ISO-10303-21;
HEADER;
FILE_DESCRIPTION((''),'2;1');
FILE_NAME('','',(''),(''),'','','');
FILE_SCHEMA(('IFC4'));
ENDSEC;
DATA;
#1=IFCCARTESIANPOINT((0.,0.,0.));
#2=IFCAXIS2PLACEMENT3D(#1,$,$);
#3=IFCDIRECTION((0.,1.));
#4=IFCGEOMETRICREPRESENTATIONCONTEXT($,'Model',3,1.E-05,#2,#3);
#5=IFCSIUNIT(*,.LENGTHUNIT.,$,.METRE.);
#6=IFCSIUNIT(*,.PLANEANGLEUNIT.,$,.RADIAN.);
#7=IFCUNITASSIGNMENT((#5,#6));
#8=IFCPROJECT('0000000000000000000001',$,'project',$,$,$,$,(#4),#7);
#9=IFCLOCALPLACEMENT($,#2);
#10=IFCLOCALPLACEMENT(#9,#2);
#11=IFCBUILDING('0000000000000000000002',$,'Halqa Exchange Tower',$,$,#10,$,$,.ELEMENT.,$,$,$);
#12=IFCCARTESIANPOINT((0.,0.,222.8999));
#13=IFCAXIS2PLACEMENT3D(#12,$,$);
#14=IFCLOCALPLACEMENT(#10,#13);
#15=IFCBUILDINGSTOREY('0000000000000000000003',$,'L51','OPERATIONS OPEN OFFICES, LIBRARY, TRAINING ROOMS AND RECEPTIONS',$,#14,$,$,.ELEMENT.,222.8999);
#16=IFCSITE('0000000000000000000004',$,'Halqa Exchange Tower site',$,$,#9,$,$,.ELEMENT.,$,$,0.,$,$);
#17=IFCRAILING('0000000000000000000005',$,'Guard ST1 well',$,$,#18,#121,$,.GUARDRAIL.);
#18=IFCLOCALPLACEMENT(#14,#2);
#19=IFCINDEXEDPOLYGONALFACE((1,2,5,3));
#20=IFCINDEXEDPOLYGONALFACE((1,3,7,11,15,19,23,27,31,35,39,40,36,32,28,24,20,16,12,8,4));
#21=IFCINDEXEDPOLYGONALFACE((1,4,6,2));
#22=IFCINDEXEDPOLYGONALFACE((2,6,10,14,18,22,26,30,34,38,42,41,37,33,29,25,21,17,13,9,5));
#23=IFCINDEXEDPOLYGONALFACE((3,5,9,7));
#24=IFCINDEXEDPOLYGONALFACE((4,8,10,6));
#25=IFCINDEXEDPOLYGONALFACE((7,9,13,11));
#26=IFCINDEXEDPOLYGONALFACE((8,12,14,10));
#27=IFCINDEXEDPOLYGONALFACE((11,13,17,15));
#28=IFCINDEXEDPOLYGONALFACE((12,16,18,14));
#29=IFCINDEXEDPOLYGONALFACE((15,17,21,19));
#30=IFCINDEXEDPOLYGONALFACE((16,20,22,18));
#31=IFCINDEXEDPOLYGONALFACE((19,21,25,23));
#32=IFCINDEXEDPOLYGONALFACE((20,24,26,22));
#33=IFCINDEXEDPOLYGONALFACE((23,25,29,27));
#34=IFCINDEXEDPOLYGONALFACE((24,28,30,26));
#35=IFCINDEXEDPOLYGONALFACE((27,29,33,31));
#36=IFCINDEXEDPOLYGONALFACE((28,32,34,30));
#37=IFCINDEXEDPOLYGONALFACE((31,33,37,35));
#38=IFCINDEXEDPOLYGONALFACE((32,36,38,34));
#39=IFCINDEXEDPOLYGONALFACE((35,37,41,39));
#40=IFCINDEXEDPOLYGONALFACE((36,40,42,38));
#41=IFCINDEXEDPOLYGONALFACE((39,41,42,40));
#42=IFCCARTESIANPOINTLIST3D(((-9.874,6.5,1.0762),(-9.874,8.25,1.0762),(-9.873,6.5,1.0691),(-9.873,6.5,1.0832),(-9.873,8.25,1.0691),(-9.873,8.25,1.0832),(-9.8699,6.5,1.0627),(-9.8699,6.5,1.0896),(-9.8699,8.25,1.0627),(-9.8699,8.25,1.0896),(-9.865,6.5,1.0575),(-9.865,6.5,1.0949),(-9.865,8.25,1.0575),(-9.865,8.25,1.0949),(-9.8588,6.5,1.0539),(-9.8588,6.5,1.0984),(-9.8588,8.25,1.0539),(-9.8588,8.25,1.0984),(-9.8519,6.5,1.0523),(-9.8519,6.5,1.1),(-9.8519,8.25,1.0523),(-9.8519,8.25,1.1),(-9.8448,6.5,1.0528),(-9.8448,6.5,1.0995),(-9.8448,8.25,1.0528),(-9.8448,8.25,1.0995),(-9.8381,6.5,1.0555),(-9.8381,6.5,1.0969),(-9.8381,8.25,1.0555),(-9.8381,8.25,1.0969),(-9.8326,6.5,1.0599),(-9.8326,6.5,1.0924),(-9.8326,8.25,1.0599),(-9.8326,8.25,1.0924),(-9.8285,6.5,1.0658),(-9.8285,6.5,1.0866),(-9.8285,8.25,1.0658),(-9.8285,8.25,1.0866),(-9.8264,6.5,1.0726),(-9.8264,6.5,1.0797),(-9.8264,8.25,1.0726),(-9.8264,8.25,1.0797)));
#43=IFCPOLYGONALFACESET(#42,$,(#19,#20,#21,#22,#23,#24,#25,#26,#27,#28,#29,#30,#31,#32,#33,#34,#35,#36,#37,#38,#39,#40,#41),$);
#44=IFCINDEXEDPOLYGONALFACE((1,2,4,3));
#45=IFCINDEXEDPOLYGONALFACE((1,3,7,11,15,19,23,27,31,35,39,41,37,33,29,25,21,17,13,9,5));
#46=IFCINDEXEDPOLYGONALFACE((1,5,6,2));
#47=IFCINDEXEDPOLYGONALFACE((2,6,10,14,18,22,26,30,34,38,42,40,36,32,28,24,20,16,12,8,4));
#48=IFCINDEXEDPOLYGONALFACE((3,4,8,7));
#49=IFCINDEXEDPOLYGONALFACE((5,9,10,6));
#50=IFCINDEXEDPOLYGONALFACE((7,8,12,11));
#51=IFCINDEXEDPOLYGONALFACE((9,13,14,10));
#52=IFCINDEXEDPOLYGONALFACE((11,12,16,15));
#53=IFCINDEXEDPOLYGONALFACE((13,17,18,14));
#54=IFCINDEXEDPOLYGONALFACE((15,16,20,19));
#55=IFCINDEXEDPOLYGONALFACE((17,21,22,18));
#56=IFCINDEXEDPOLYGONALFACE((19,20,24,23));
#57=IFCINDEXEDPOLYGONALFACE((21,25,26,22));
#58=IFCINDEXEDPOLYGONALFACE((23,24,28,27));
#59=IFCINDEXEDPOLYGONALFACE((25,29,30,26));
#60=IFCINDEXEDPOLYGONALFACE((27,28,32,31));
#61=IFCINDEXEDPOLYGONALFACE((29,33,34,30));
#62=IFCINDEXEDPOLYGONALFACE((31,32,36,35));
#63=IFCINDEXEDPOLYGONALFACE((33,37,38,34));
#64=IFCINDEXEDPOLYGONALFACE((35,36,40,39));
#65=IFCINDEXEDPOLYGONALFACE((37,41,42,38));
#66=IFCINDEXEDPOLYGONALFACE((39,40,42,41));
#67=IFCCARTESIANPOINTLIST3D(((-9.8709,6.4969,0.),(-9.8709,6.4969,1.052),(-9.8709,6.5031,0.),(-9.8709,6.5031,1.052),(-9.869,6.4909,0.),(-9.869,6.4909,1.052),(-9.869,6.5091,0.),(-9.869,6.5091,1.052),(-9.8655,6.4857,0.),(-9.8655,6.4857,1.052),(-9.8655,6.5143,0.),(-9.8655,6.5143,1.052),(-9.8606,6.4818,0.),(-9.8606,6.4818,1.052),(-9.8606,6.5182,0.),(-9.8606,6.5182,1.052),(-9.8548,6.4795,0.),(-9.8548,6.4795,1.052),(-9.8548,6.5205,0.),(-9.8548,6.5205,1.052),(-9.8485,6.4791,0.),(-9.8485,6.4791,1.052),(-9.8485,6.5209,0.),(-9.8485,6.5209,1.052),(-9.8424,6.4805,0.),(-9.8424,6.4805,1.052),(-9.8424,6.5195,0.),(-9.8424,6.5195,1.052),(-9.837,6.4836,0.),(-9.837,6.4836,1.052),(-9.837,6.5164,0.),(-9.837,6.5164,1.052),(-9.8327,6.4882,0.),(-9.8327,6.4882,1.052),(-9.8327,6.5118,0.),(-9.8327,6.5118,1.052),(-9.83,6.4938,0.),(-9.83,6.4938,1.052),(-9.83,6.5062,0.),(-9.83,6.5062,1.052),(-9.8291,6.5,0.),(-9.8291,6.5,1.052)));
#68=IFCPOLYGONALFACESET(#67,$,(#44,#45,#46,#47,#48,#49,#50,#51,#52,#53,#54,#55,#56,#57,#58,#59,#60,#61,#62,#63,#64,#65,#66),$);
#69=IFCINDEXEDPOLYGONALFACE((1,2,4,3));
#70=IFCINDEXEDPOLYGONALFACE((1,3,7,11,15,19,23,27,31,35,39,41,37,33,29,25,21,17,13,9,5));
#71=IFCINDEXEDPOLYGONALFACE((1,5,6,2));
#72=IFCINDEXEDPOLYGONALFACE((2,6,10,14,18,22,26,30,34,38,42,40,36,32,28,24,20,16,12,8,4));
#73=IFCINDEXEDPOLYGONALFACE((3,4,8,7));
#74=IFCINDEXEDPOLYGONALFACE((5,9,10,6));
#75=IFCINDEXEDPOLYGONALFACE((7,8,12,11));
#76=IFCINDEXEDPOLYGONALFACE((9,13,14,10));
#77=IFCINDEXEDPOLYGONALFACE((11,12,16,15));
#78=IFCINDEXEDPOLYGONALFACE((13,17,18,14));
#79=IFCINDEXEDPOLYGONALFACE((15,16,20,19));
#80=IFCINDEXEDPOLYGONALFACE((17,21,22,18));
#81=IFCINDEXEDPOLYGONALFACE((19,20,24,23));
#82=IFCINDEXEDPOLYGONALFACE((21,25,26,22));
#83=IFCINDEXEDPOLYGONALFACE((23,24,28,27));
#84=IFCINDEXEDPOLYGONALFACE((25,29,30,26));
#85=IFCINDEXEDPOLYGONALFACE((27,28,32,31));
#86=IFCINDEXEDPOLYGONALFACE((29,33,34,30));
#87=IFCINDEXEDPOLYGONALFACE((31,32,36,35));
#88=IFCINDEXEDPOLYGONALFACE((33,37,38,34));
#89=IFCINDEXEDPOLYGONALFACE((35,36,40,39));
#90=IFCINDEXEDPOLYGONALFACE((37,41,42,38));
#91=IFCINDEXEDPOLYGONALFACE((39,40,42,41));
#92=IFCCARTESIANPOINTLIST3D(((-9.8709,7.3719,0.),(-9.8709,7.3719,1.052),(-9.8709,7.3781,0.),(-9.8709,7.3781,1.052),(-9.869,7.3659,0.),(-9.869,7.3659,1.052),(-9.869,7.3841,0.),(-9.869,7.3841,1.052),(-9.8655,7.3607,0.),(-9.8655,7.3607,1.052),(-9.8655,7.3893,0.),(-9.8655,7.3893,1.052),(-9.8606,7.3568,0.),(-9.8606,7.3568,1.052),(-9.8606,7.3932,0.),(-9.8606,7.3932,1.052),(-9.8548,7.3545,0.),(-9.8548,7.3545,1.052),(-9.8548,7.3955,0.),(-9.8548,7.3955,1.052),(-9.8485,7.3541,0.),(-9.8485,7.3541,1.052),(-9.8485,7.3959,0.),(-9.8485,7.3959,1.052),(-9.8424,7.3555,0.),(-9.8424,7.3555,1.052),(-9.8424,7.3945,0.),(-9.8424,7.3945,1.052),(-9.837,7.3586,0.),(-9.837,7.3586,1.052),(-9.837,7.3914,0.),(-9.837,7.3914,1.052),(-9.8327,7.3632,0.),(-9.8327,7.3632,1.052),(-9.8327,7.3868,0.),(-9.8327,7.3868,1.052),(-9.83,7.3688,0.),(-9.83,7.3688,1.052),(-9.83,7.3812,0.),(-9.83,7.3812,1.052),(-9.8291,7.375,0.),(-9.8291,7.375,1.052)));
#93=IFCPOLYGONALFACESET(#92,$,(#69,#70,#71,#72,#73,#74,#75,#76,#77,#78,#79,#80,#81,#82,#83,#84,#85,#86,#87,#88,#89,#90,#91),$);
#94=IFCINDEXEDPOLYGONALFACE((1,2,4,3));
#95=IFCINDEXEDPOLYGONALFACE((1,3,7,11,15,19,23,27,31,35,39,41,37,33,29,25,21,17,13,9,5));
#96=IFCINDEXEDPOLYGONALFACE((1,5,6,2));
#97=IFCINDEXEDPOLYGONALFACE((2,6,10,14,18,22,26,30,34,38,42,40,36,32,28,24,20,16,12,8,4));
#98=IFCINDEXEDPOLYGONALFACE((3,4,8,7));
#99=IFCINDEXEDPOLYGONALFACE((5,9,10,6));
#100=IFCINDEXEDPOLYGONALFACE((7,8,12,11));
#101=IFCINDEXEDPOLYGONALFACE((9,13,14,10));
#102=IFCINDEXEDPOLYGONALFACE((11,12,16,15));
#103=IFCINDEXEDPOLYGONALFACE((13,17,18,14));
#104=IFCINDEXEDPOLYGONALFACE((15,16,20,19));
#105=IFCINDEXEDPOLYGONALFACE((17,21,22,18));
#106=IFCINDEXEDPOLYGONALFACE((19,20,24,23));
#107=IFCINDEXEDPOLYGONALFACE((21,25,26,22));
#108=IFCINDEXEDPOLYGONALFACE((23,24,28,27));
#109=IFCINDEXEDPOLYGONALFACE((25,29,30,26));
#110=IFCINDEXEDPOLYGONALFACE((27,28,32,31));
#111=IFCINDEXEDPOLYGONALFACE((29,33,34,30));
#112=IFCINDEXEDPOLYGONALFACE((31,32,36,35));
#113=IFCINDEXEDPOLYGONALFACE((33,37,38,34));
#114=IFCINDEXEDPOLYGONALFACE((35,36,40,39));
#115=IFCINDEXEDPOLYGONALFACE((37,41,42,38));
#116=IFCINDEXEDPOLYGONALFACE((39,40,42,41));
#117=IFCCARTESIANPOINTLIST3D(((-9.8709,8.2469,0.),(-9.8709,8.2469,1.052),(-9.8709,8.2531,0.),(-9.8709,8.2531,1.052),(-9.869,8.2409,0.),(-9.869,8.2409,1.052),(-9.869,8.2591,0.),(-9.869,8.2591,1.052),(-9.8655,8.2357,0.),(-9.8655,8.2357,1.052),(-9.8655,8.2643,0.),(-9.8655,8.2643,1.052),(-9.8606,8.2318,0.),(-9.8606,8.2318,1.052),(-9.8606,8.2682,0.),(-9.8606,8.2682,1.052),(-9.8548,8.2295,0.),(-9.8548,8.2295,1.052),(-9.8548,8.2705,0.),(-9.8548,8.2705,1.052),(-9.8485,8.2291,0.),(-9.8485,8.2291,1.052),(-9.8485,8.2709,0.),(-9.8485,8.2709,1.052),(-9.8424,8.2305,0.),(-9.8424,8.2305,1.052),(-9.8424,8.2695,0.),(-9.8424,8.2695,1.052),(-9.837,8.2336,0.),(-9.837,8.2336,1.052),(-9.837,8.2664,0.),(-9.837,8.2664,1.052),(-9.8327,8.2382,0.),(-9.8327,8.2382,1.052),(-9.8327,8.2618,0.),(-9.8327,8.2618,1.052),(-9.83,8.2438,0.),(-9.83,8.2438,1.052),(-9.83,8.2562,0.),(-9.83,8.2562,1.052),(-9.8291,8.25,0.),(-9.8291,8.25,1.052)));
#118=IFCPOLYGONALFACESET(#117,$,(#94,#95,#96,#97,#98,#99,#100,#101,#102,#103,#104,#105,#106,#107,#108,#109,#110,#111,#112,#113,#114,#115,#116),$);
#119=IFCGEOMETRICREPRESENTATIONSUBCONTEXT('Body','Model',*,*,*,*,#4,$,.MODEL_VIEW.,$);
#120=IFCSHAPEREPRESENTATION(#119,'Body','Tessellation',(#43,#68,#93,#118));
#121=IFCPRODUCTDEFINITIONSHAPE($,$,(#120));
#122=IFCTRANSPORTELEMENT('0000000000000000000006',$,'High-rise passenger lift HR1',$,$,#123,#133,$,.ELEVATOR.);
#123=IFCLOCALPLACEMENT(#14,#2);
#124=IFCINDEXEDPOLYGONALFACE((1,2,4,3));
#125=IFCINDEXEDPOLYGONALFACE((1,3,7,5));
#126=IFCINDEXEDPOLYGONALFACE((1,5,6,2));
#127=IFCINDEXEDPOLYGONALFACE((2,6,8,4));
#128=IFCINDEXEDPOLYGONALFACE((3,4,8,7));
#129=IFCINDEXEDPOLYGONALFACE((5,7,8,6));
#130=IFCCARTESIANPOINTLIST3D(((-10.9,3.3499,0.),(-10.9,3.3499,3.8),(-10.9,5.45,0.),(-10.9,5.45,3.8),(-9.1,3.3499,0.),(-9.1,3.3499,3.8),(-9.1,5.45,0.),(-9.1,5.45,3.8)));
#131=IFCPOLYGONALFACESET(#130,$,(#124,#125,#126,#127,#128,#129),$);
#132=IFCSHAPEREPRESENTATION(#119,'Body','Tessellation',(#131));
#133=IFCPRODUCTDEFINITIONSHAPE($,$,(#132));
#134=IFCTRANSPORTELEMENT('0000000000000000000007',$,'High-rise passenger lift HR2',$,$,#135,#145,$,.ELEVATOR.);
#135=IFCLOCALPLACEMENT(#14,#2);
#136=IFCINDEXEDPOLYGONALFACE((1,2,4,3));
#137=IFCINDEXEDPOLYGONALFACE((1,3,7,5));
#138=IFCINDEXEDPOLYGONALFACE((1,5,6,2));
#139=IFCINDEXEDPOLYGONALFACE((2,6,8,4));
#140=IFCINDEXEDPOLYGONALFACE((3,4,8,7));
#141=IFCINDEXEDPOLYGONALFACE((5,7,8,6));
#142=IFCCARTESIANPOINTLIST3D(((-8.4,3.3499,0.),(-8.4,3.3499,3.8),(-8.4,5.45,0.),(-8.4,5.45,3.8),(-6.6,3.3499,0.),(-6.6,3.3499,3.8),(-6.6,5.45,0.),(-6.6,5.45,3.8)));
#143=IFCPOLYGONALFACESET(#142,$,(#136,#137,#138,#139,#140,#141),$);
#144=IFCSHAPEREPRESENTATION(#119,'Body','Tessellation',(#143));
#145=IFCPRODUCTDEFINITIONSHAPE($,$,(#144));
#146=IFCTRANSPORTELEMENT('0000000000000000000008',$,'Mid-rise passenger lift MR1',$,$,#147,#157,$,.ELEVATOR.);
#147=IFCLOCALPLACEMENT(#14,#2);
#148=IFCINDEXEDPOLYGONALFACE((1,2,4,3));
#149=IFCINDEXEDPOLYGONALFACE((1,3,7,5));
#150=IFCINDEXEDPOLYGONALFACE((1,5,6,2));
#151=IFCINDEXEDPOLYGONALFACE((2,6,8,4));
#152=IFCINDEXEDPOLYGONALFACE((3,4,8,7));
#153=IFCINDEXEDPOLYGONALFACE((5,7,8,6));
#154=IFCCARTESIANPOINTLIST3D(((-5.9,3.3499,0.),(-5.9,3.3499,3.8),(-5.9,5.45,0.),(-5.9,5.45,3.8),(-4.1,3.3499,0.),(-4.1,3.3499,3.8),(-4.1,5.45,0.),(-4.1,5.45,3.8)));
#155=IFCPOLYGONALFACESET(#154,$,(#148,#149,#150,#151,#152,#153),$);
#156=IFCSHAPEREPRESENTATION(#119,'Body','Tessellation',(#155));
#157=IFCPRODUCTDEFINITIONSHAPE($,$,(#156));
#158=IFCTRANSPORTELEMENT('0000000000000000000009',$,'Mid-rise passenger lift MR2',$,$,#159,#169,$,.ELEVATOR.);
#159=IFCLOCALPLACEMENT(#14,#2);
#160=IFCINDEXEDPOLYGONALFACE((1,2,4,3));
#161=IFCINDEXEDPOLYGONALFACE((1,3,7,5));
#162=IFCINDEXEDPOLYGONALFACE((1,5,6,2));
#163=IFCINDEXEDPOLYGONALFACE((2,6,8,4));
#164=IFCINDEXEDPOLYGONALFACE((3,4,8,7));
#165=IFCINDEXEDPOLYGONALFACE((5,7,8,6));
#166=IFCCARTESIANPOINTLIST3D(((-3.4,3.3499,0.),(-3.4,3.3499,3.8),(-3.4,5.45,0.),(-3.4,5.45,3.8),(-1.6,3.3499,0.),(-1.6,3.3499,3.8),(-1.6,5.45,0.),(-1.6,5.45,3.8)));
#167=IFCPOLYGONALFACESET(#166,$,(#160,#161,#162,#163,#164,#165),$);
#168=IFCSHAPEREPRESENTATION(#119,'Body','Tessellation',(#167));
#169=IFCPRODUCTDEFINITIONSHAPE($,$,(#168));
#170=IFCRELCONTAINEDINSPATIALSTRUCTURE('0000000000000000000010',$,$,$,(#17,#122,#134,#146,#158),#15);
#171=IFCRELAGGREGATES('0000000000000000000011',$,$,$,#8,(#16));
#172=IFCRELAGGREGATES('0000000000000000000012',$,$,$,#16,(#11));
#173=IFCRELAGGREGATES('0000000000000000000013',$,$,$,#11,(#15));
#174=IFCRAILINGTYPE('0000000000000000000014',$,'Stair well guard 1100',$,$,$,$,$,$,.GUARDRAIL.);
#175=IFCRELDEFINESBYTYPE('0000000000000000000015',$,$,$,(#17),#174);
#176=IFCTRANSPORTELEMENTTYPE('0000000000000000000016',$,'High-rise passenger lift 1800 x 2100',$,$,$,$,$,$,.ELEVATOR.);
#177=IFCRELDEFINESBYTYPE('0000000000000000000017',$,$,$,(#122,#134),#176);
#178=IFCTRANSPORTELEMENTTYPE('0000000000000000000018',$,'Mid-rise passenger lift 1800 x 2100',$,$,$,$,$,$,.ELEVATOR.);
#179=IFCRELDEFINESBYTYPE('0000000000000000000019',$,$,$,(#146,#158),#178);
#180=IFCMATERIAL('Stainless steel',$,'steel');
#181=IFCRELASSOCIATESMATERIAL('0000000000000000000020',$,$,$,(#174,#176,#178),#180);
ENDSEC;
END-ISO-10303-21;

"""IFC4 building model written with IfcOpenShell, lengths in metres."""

from ifc_helpers import new_model, si_unit, direction, frame, origin, origin_2d, place, context, subcontext, project, spatial, rectangle, circle, extrude, material, type_object, element, save


model = new_model("IFC4")

# Units and contexts
model_context = context("Model", 3, precision=1e-05, world=origin(), true_north=direction((0.0, 1.0)))
body_context = subcontext(model_context, "Body", "Model", "MODEL_VIEW")
ifc_project = project(units=[si_unit("LENGTHUNIT", "METRE"), si_unit("PLANEANGLEUNIT", "RADIAN")], contexts=[model_context])

# Site, building, storey
site_placement = place(None, origin())
site = spatial("IfcSite", under=ifc_project, at=site_placement, Name="Halqa Exchange Tower site", CompositionType="ELEMENT", RefElevation=0.0)
building_placement = place(site_placement, origin())
building = spatial("IfcBuilding", under=site, at=building_placement, Name="Halqa Exchange Tower", CompositionType="ELEMENT")
storey_placement = place(building_placement, frame((0.0, 0.0, 222.8999)))
storey = spatial("IfcBuildingStorey", under=building, at=storey_placement, Name="L51", Description="OPERATIONS OPEN OFFICES, LIBRARY, TRAINING ROOMS AND RECEPTIONS", CompositionType="ELEMENT", Elevation=222.8999)

# Shared definitions
ifc_material_1 = material(Name="Stainless steel", Category="steel")

# Railing
railing_type_1 = type_object("IfcRailingType", Name="Stair well guard 1100", PredefinedType="GUARDRAIL", material=ifc_material_1)
railing_1_placement = place(storey_placement, frame((-9.8501, 6.5, 0.0)))
element("IfcRailing", 1, at=railing_1_placement, inside=storey, type_object=railing_type_1, Name="Guard ST1 well", PredefinedType="GUARDRAIL", context=body_context, shape_type="SweptSolid", body=[
    extrude(circle(Radius=0.0239, at=origin_2d()), frame((0.0, 0.0, 1.0762), z_axis=(0.0, 1.0, 0.0), x_axis=(-1.0, 0.0, 0.0)), (0.0, 0.0, 1.0), 1.75),
    extrude(circle(Radius=0.021, at=origin_2d()), origin(), (0.0, 0.0, 1.0), 1.052),
    extrude(circle(Radius=0.021, at=origin_2d()), frame((0.0, 0.875, 0.0)), (0.0, 0.0, 1.0), 1.052),
    extrude(circle(Radius=0.021, at=origin_2d()), frame((0.0, 1.75, 0.0)), (0.0, 0.0, 1.0), 1.052),
])

# Transport elements
transport_element_type_1 = type_object("IfcTransportElementType", Name="High-rise passenger lift 1800 x 2100", PredefinedType="ELEVATOR", material=ifc_material_1)
for number, where, z_axis, x_axis, name in (
    (2, (-10.0, 4.3999, 0.0), (0.0, 0.0, 1.0), (1.0, 0.0, 0.0), "High-rise passenger lift HR1"),
    (3, (-7.5, 4.3999, 0.0), (0.0, 0.0, 1.0), (1.0, 0.0, 0.0), "High-rise passenger lift HR2"),
):
    element("IfcTransportElement", number, at=place(storey_placement, frame(where, z_axis=z_axis, x_axis=x_axis)), inside=storey, type_object=transport_element_type_1, Name=name, PredefinedType="ELEVATOR", context=body_context, shape_type="SweptSolid", body=[
        extrude(rectangle(XDim=1.8, YDim=2.1001, at=origin_2d()), origin(), (0.0, 0.0, 1.0), 3.8),
    ])
transport_element_type_2 = type_object("IfcTransportElementType", Name="Mid-rise passenger lift 1800 x 2100", PredefinedType="ELEVATOR", material=ifc_material_1)
for number, where, z_axis, x_axis, name in (
    (4, (-5.0, 4.3999, 0.0), (0.0, 0.0, 1.0), (1.0, 0.0, 0.0), "Mid-rise passenger lift MR1"),
    (5, (-2.5, 4.3999, 0.0), (0.0, 0.0, 1.0), (1.0, 0.0, 0.0), "Mid-rise passenger lift MR2"),
):
    element("IfcTransportElement", number, at=place(storey_placement, frame(where, z_axis=z_axis, x_axis=x_axis)), inside=storey, type_object=transport_element_type_2, Name=name, PredefinedType="ELEVATOR", context=body_context, shape_type="SweptSolid", body=[
        extrude(rectangle(XDim=1.8, YDim=2.1001, at=origin_2d()), origin(), (0.0, 0.0, 1.0), 3.8),
    ])

save(model, "model.ifc")
